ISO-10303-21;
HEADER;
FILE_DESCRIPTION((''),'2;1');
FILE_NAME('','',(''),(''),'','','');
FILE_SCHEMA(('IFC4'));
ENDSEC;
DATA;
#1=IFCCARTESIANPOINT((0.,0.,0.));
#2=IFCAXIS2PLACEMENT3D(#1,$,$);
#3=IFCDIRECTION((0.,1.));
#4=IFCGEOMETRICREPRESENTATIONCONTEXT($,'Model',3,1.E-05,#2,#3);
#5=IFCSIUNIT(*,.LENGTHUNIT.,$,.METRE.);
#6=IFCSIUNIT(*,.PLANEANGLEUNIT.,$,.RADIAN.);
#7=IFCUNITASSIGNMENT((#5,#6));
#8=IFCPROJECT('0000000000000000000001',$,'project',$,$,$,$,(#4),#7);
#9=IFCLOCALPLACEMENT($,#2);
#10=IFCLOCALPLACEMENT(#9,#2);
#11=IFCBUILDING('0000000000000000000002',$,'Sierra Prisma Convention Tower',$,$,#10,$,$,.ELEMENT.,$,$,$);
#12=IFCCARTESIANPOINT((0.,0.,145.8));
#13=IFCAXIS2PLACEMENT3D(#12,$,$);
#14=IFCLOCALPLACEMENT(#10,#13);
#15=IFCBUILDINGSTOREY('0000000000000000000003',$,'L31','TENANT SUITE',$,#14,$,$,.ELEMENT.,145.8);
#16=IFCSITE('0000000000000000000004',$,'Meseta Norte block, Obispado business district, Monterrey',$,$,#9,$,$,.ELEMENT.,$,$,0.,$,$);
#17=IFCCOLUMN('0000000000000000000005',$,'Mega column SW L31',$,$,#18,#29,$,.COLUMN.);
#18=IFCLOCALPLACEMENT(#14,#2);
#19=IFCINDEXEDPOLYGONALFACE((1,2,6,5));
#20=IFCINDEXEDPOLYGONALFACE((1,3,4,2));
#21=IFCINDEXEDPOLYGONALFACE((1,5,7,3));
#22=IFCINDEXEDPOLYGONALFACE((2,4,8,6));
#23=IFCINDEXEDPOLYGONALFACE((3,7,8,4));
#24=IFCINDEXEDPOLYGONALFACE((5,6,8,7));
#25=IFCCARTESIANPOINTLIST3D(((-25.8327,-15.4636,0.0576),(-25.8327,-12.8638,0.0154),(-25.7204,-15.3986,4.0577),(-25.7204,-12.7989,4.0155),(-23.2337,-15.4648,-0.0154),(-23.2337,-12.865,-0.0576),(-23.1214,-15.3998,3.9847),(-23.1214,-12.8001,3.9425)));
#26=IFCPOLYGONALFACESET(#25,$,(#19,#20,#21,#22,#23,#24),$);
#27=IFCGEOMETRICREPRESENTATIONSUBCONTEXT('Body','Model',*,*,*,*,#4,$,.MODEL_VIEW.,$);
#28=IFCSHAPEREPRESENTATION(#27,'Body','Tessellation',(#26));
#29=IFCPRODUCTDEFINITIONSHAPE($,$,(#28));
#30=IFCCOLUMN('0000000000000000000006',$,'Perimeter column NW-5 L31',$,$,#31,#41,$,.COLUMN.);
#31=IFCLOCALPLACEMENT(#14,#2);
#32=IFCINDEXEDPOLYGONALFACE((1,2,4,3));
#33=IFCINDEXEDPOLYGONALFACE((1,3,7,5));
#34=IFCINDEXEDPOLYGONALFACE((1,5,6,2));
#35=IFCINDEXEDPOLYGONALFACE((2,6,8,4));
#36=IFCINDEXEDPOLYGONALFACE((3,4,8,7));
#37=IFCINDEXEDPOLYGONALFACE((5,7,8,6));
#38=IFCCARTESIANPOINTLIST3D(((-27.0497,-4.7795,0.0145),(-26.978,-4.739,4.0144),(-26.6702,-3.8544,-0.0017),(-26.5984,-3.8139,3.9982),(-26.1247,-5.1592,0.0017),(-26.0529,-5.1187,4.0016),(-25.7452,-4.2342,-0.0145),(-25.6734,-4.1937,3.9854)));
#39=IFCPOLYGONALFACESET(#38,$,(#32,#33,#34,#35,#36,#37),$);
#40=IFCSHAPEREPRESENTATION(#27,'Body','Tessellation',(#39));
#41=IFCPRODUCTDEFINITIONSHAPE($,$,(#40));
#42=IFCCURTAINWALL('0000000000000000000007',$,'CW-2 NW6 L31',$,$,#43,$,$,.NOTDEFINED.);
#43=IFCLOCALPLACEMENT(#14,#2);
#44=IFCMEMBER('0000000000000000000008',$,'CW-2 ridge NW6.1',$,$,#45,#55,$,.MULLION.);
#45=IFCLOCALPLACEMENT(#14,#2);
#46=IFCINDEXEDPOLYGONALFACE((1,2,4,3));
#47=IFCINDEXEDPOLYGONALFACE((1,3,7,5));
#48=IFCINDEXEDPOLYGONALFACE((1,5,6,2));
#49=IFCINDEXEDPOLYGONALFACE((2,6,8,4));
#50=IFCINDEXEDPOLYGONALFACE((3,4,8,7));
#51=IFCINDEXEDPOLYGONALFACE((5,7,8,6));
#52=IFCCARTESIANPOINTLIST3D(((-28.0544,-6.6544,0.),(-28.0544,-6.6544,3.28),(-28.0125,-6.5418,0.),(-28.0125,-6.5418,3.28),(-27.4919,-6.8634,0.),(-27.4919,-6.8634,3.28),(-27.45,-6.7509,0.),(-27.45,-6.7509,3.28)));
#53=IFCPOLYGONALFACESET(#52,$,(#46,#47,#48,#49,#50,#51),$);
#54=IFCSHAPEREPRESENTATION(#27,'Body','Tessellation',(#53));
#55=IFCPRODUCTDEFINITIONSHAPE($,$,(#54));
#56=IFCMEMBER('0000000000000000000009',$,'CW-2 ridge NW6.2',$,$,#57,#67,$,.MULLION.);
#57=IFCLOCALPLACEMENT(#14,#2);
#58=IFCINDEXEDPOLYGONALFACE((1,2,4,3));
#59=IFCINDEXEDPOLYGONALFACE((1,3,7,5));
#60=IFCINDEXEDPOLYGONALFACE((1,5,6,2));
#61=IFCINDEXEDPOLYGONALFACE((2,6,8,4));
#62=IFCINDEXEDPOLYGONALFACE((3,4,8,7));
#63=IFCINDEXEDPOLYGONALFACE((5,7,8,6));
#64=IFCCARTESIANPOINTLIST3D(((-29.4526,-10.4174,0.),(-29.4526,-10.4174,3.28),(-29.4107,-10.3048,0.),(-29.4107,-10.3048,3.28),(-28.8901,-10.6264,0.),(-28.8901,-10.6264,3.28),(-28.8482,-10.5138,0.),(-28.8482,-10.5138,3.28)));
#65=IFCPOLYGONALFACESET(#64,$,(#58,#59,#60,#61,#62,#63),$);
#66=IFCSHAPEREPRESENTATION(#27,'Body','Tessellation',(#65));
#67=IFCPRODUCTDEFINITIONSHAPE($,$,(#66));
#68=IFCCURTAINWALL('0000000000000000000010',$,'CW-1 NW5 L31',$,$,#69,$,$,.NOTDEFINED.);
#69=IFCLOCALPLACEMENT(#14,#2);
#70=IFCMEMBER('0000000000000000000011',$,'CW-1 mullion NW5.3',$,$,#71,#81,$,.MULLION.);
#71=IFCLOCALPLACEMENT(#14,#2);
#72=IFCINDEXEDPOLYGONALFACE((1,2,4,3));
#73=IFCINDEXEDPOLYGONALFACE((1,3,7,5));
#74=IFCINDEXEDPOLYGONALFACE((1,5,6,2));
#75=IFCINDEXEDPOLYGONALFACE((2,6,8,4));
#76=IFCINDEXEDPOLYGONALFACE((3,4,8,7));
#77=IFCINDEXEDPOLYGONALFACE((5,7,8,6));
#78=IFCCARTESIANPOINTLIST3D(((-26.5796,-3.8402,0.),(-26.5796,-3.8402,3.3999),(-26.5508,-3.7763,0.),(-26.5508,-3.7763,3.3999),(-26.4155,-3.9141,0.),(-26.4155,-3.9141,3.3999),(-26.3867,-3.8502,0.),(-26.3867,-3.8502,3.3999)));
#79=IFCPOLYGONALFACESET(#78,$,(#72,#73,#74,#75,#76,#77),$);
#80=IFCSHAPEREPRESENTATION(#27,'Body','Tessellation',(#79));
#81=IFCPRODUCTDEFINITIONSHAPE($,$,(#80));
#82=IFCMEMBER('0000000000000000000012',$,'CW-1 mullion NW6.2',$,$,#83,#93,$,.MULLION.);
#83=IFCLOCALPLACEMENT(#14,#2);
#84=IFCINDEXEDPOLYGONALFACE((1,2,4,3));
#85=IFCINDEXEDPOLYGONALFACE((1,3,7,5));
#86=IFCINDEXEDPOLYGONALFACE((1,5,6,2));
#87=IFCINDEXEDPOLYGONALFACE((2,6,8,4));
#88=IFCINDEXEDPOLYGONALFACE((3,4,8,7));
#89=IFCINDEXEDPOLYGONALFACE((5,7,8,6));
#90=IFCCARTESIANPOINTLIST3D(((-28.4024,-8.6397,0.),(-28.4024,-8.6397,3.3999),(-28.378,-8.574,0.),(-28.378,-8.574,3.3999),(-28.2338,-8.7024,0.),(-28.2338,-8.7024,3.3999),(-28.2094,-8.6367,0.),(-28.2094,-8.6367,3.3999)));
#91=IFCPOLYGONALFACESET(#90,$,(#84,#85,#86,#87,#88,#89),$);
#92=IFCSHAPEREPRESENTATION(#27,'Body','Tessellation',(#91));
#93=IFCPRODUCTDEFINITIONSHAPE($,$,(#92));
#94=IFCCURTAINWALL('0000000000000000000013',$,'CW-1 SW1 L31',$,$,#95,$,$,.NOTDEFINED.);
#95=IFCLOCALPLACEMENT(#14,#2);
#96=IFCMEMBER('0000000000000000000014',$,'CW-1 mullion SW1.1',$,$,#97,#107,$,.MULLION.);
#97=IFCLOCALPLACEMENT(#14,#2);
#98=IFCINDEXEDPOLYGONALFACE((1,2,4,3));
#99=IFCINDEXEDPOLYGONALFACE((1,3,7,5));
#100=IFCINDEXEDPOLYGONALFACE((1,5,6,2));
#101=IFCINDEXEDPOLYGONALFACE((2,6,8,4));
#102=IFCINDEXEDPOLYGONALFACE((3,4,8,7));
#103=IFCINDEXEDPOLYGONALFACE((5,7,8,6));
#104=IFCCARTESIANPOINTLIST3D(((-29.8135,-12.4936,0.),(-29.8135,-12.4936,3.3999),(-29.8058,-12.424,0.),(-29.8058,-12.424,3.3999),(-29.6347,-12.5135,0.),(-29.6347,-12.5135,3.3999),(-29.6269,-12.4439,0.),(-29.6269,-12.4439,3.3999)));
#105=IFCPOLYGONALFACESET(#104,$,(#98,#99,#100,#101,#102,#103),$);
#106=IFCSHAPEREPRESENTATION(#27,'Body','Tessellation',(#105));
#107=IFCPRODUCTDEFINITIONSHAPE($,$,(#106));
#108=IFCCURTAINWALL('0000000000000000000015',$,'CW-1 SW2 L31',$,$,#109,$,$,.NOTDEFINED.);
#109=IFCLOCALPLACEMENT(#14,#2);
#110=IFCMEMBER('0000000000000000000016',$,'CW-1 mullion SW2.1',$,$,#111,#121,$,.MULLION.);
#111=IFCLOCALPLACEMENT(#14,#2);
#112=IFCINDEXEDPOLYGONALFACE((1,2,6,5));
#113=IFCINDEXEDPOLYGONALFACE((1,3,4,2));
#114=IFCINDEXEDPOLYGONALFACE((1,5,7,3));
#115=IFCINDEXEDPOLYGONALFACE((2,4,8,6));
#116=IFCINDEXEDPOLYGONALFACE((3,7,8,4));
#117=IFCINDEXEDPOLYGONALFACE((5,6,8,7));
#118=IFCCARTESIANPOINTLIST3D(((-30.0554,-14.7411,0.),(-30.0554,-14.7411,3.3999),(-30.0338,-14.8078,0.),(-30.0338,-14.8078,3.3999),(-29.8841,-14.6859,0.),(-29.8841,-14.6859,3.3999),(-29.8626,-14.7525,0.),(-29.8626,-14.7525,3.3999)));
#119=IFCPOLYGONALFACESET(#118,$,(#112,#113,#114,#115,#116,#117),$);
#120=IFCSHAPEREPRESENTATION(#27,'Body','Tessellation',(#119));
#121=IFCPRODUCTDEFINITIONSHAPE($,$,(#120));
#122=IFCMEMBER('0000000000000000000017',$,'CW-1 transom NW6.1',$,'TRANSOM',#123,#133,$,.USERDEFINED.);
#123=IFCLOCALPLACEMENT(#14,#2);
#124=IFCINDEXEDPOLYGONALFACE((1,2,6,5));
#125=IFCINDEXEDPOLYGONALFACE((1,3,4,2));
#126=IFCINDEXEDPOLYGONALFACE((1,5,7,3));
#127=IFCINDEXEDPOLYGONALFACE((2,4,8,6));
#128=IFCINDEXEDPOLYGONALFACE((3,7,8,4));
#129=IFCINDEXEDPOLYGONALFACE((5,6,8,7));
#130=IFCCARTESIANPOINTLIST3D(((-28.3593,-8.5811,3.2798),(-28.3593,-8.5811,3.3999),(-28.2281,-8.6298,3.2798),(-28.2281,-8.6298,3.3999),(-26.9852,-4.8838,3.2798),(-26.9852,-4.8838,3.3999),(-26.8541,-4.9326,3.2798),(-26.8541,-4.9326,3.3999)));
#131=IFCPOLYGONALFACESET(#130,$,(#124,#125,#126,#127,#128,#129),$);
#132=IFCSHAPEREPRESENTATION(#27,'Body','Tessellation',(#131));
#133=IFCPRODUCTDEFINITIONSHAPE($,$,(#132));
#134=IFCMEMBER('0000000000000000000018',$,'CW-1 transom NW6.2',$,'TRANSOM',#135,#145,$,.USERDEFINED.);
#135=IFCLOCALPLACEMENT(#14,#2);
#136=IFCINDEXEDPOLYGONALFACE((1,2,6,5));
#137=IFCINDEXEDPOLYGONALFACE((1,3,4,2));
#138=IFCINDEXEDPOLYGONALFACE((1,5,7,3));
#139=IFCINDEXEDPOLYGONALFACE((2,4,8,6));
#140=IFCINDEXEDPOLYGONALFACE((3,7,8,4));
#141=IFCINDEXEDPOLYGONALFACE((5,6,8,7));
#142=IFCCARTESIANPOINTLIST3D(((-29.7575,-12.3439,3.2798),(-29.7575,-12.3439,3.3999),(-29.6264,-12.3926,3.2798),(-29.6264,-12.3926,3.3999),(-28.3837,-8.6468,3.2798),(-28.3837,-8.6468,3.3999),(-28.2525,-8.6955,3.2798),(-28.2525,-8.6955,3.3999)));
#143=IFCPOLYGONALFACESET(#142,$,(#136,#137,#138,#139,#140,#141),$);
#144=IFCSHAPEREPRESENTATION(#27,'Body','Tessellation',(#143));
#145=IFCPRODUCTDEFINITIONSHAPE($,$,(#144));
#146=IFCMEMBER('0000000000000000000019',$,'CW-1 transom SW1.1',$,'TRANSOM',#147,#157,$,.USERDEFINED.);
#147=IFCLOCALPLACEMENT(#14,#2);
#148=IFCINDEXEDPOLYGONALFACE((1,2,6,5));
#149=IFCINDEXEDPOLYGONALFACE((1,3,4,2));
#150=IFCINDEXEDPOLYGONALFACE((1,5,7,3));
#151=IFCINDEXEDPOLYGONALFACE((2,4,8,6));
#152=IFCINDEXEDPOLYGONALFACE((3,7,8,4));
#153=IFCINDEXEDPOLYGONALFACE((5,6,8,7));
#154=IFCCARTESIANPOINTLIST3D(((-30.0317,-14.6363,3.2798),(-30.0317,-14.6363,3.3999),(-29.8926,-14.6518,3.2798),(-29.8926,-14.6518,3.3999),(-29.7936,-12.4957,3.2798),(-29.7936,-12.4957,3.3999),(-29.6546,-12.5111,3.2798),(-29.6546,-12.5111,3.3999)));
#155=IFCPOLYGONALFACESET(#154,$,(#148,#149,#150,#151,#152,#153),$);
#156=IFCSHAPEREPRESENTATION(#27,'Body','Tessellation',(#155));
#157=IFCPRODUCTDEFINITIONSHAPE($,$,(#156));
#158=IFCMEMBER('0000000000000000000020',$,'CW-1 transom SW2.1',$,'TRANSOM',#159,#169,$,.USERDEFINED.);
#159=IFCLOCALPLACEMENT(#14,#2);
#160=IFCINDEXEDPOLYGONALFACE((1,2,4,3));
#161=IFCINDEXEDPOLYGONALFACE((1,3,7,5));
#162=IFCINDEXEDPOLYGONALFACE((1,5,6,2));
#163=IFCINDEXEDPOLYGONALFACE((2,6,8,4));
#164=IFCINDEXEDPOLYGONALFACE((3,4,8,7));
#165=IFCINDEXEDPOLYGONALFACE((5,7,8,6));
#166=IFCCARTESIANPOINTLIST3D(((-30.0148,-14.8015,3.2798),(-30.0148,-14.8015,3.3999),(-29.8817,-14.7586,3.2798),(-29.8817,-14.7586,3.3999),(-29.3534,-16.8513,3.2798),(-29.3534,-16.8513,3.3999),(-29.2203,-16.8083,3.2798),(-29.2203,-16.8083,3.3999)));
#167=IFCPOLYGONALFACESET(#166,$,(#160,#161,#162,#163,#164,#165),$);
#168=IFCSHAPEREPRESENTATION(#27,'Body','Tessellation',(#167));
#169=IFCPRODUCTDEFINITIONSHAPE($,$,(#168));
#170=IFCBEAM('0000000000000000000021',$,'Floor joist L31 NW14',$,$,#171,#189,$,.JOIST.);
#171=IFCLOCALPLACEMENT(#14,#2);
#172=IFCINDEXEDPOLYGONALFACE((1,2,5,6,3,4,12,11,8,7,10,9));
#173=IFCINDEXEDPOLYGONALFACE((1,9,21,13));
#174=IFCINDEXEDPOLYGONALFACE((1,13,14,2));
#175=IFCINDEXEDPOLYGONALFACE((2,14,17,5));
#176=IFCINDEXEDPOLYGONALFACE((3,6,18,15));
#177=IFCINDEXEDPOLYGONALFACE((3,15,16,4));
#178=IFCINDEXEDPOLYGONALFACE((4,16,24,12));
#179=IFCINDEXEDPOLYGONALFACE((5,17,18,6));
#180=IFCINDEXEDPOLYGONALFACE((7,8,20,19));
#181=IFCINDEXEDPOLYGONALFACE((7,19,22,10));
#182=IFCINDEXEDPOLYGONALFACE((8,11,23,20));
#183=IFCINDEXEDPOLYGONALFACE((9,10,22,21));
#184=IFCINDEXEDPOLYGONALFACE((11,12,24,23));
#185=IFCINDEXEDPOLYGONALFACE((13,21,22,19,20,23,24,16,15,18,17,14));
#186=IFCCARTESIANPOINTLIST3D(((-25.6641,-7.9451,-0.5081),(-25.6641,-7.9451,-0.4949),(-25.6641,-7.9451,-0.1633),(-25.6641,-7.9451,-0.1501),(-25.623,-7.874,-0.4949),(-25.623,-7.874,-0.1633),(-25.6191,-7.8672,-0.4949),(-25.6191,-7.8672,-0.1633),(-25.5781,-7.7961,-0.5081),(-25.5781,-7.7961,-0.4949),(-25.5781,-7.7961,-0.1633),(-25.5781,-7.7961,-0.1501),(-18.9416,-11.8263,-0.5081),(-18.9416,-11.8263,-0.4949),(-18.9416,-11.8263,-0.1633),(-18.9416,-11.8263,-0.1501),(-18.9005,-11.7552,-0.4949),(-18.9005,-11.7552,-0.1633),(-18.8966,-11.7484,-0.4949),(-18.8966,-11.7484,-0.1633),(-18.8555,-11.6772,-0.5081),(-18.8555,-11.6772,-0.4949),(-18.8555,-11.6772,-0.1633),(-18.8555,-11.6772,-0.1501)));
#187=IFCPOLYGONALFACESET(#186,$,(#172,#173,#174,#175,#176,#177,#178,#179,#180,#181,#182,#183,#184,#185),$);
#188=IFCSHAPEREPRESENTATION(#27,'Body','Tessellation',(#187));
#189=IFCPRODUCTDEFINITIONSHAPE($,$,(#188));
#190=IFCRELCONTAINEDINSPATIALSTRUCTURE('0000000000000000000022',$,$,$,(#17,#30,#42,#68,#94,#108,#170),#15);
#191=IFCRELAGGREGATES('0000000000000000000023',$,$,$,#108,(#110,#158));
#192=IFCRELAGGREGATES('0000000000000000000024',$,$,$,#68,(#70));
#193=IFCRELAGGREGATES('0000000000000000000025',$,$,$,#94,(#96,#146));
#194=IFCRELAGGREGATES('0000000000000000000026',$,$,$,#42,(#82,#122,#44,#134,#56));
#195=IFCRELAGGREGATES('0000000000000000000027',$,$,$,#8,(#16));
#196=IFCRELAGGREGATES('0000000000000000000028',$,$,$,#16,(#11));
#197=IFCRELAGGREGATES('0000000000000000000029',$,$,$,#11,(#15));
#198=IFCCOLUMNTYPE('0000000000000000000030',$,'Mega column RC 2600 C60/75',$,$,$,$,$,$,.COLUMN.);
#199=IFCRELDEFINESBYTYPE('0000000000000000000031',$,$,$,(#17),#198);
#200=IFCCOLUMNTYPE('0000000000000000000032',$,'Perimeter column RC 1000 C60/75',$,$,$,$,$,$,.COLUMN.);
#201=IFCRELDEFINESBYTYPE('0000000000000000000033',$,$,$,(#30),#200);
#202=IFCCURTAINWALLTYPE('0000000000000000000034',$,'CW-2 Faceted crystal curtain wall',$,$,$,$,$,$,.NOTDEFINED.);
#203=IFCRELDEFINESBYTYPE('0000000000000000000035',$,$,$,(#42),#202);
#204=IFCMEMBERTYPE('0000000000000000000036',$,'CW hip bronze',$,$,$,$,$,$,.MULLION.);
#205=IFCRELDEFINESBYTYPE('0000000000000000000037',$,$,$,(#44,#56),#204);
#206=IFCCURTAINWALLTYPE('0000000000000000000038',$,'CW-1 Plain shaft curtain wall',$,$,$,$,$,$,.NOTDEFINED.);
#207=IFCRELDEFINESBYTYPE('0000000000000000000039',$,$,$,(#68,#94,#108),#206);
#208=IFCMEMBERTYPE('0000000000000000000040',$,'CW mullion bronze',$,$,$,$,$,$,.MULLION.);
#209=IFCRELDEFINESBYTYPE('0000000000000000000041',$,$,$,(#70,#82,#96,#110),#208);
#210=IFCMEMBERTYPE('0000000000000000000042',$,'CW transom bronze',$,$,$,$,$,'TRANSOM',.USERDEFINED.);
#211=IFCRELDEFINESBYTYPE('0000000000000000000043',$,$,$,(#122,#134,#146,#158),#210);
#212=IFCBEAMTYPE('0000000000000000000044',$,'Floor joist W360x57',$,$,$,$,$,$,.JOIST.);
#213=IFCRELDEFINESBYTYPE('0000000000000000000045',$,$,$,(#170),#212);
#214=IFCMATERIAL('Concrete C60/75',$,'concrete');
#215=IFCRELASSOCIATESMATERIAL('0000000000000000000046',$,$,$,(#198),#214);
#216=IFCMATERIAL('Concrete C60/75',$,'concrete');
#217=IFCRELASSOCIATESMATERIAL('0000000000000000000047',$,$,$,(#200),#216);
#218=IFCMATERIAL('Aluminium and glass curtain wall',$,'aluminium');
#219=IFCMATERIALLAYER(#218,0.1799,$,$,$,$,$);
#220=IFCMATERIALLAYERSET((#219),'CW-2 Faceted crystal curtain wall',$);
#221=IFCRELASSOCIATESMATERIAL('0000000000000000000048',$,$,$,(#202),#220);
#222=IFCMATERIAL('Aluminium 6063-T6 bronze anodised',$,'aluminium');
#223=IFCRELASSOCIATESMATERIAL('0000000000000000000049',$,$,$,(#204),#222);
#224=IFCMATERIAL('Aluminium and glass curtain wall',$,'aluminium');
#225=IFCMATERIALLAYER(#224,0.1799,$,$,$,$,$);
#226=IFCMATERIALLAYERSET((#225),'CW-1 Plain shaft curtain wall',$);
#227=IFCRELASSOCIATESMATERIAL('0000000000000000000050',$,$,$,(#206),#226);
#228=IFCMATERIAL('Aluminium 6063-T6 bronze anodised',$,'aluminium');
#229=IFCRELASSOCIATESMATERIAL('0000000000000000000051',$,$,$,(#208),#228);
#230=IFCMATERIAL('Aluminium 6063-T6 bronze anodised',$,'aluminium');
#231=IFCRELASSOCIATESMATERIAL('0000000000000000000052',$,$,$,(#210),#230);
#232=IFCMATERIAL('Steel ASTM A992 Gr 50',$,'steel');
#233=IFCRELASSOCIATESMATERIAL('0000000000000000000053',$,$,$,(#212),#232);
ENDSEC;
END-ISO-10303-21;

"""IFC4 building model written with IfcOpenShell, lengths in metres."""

from ifc_helpers import new_model, si_unit, direction, frame, origin, origin_2d, place, context, subcontext, project, spatial, rectangle, i_section, extrude, material, layer, layer_set, material_profile, profile_set, type_object, element, aggregate, save


model = new_model("IFC4")

# Units and contexts
model_context = context("Model", 3, precision=1e-05, world=origin(), true_north=direction((0.0, 1.0)))
body_context = subcontext(model_context, "Body", "Model", "MODEL_VIEW")
ifc_project = project(units=[si_unit("LENGTHUNIT", "METRE"), si_unit("PLANEANGLEUNIT", "RADIAN")], contexts=[model_context])

# Site, building, storey
site_placement = place(None, origin())
site = spatial("IfcSite", under=ifc_project, at=site_placement, Name="Meseta Norte block, Obispado business district, Monterrey", CompositionType="ELEMENT", RefElevation=0.0)
building_placement = place(site_placement, origin())
building = spatial("IfcBuilding", under=site, at=building_placement, Name="Sierra Prisma Convention Tower", CompositionType="ELEMENT")
storey_placement = place(building_placement, frame((0.0, 0.0, 145.8)))
storey = spatial("IfcBuildingStorey", under=building, at=storey_placement, Name="L31", Description="TENANT SUITE", CompositionType="ELEMENT", Elevation=145.8)

# Columns
ifc_material_1 = material(Name="Concrete C60/75", Category="concrete")
ifc_material_profile_1 = material_profile(ifc_material_1, rectangle(XDim=2.6001, YDim=2.6001, at=origin_2d()), Name="Mega column RC 2600 C60/75")
ifc_profile_set_1 = profile_set([ifc_material_profile_1], Name="Concrete C60/75")
column_type_1 = type_object("IfcColumnType", Name="Mega column RC 2600 C60/75", PredefinedType="COLUMN", material=ifc_profile_set_1)
column_1_placement = place(storey_placement, frame((-24.5332, -14.1643, 0.0), z_axis=(0.028061, 0.016227, 0.999474), x_axis=(0.999606, -0.000456, -0.028058)))
element("IfcColumn", 1, at=column_1_placement, inside=storey, type_object=column_type_1, Name="Mega column SW L31", PredefinedType="COLUMN", context=body_context, shape_type="SweptSolid", body=[
    extrude(rectangle(XDim=2.6001, YDim=2.6001, at=origin_2d()), origin(), (0.0, 0.0, 1.0), 4.0022),
])
ifc_material_2 = material(Name="Concrete C60/75", Category="concrete")
ifc_material_profile_2 = material_profile(ifc_material_2, rectangle(XDim=1.0, YDim=1.0, at=origin_2d()), Name="Perimeter column RC 1000 C60/75")
ifc_profile_set_2 = profile_set([ifc_material_profile_2], Name="Concrete C60/75")
column_type_2 = type_object("IfcColumnType", Name="Perimeter column RC 1000 C60/75", PredefinedType="COLUMN", material=ifc_profile_set_2)
column_2_placement = place(storey_placement, frame((-26.3975, -4.5068, 0.0), z_axis=(0.017941, 0.01013, 0.999788), x_axis=(0.379524, 0.92504, -0.016183)))
element("IfcColumn", 2, at=column_2_placement, inside=storey, type_object=column_type_2, Name="Perimeter column NW-5 L31", PredefinedType="COLUMN", context=body_context, shape_type="SweptSolid", body=[
    extrude(rectangle(XDim=1.0, YDim=1.0, at=origin_2d()), origin(), (0.0, 0.0, 1.0), 4.0007),
])

# Curtain wall, members
ifc_material_3 = material(Name="Aluminium and glass curtain wall", Category="aluminium")
ifc_layer_1 = layer(ifc_material_3, 0.1799)
ifc_layer_set_1 = layer_set([ifc_layer_1], Name="CW-2 Faceted crystal curtain wall")
curtain_wall_type_1 = type_object("IfcCurtainWallType", Name="CW-2 Faceted crystal curtain wall", PredefinedType="NOTDEFINED", material=ifc_layer_set_1)
curtain_wall_1_placement = place(storey_placement, origin())
curtain_wall_1 = element("IfcCurtainWall", 3, at=curtain_wall_1_placement, inside=storey, type_object=curtain_wall_type_1, Name="CW-2 NW6 L31", PredefinedType="NOTDEFINED")
ifc_material_4 = material(Name="Aluminium 6063-T6 bronze anodised", Category="aluminium")
ifc_material_profile_3 = material_profile(ifc_material_4, rectangle(XDim=0.1201, YDim=0.6001, at=origin_2d()), Name="ALU RIDGE BLADE 120x600")
ifc_profile_set_3 = profile_set([ifc_material_profile_3], Name="Aluminium 6063-T6 bronze anodised")
member_type_1 = type_object("IfcMemberType", Name="CW hip bronze", PredefinedType="MULLION", material=ifc_profile_set_3)
member_1_placement = place(storey_placement, frame((-27.7522, -6.7026, 0.0), z_axis=(0.0, 0.0, 1.0), x_axis=(-0.348326, -0.937373, 0.0)))
member_1 = element("IfcMember", 4, at=member_1_placement, type_object=member_type_1, Name="CW-2 ridge NW6.1", PredefinedType="MULLION", context=body_context, shape_type="SweptSolid", body=[
    extrude(rectangle(XDim=0.1201, YDim=0.6001, at=origin_2d()), origin(), (0.0, 0.0, 1.0), 3.28),
])
member_2_placement = place(storey_placement, frame((-29.1504, -10.4656, 0.0), z_axis=(0.0, 0.0, 1.0), x_axis=(-0.348326, -0.937373, 0.0)))
member_2 = element("IfcMember", 5, at=member_2_placement, type_object=member_type_1, Name="CW-2 ridge NW6.2", PredefinedType="MULLION", context=body_context, shape_type="SweptSolid", body=[
    extrude(rectangle(XDim=0.1201, YDim=0.6001, at=origin_2d()), origin(), (0.0, 0.0, 1.0), 3.28),
])

# Curtain wall, member
ifc_material_5 = material(Name="Aluminium and glass curtain wall", Category="aluminium")
ifc_layer_2 = layer(ifc_material_5, 0.1799)
ifc_layer_set_2 = layer_set([ifc_layer_2], Name="CW-1 Plain shaft curtain wall")
curtain_wall_type_2 = type_object("IfcCurtainWallType", Name="CW-1 Plain shaft curtain wall", PredefinedType="NOTDEFINED", material=ifc_layer_set_2)
curtain_wall_2_placement = place(storey_placement, origin())
curtain_wall_2 = element("IfcCurtainWall", 6, at=curtain_wall_2_placement, inside=storey, type_object=curtain_wall_type_2, Name="CW-1 NW5 L31", PredefinedType="NOTDEFINED")
ifc_material_6 = material(Name="Aluminium 6063-T6 bronze anodised", Category="aluminium")
ifc_material_profile_4 = material_profile(ifc_material_6, rectangle(XDim=0.1799, YDim=0.0701, at=origin_2d()), Name="ALU MULLION 70x180")
ifc_profile_set_4 = profile_set([ifc_material_profile_4], Name="Aluminium 6063-T6 bronze anodised")
member_type_2 = type_object("IfcMemberType", Name="CW mullion bronze", PredefinedType="MULLION", material=ifc_profile_set_4)
member_3_placement = place(storey_placement, frame((-26.4832, -3.8452, 0.0), z_axis=(0.0, 0.0, 1.0), x_axis=(0.911898, -0.410416, 0.0)))
member_3 = element("IfcMember", 7, at=member_3_placement, type_object=member_type_2, Name="CW-1 mullion NW5.3", PredefinedType="MULLION", context=body_context, shape_type="SweptSolid", body=[
    extrude(rectangle(XDim=0.1799, YDim=0.0701, at=origin_2d()), origin(), (0.0, 0.0, 1.0), 3.3999),
])

# Member
member_4_placement = place(storey_placement, frame((-28.3059, -8.6382, 0.0), z_axis=(0.0, 0.0, 1.0), x_axis=(0.937373, -0.348326, 0.0)))
member_4 = element("IfcMember", 8, at=member_4_placement, type_object=member_type_2, Name="CW-1 mullion NW6.2", PredefinedType="MULLION", context=body_context, shape_type="SweptSolid", body=[
    extrude(rectangle(XDim=0.1799, YDim=0.0701, at=origin_2d()), origin(), (0.0, 0.0, 1.0), 3.3999),
])

# Curtain walls, members
curtain_wall_3_placement = place(storey_placement, origin())
curtain_wall_3 = element("IfcCurtainWall", 9, at=curtain_wall_3_placement, inside=storey, type_object=curtain_wall_type_2, Name="CW-1 SW1 L31", PredefinedType="NOTDEFINED")
member_5_placement = place(storey_placement, frame((-29.7202, -12.4688, 0.0), z_axis=(0.0, 0.0, 1.0), x_axis=(0.993872, -0.110541, 0.0)))
member_5 = element("IfcMember", 10, at=member_5_placement, type_object=member_type_2, Name="CW-1 mullion SW1.1", PredefinedType="MULLION", context=body_context, shape_type="SweptSolid", body=[
    extrude(rectangle(XDim=0.1799, YDim=0.0701, at=origin_2d()), origin(), (0.0, 0.0, 1.0), 3.3999),
])
curtain_wall_4_placement = place(storey_placement, origin())
curtain_wall_4 = element("IfcCurtainWall", 11, at=curtain_wall_4_placement, inside=storey, type_object=curtain_wall_type_2, Name="CW-1 SW2 L31", PredefinedType="NOTDEFINED")
member_6_placement = place(storey_placement, frame((-29.959, -14.7468, 0.0), z_axis=(0.0, 0.0, 1.0), x_axis=(0.951677, 0.307099, 0.0)))
member_6 = element("IfcMember", 12, at=member_6_placement, type_object=member_type_2, Name="CW-1 mullion SW2.1", PredefinedType="MULLION", context=body_context, shape_type="SweptSolid", body=[
    extrude(rectangle(XDim=0.1799, YDim=0.0701, at=origin_2d()), origin(), (0.0, 0.0, 1.0), 3.3999),
])

# Members
ifc_material_7 = material(Name="Aluminium 6063-T6 bronze anodised", Category="aluminium")
ifc_material_profile_5 = material_profile(ifc_material_7, rectangle(XDim=0.1399, YDim=0.1201, at=origin_2d()), Name="ALU TRANSOM 120x140")
ifc_profile_set_5 = profile_set([ifc_material_profile_5], Name="Aluminium 6063-T6 bronze anodised")
member_type_3 = type_object("IfcMemberType", Name="CW transom bronze", ElementType="TRANSOM", PredefinedType="USERDEFINED", material=ifc_profile_set_5)
member_7_placement = place(storey_placement, frame((-26.9197, -4.9082, 3.3398), z_axis=(-0.348354, -0.937363, 0.0), x_axis=(0.937363, -0.348354, 0.0)))
member_7 = element("IfcMember", 13, at=member_7_placement, type_object=member_type_3, Name="CW-1 transom NW6.1", ObjectType="TRANSOM", PredefinedType="USERDEFINED", context=body_context, shape_type="SweptSolid", body=[
    extrude(rectangle(XDim=0.1399, YDim=0.1201, at=origin_2d()), origin(), (0.0, 0.0, 1.0), 3.9443),
])
member_8_placement = place(storey_placement, frame((-28.3181, -8.6711, 3.3398), z_axis=(-0.34832, -0.937376, 0.0), x_axis=(0.937376, -0.34832, 0.0)))
member_8 = element("IfcMember", 14, at=member_8_placement, type_object=member_type_3, Name="CW-1 transom NW6.2", ObjectType="TRANSOM", PredefinedType="USERDEFINED", context=body_context, shape_type="SweptSolid", body=[
    extrude(rectangle(XDim=0.1399, YDim=0.1201, at=origin_2d()), origin(), (0.0, 0.0, 1.0), 3.9441),
])
member_9_placement = place(storey_placement, frame((-29.7241, -12.5034, 3.3398), z_axis=(-0.110519, -0.993874, 0.0), x_axis=(0.993874, -0.110519, 0.0)))
member_9 = element("IfcMember", 15, at=member_9_placement, type_object=member_type_3, Name="CW-1 transom SW1.1", ObjectType="TRANSOM", PredefinedType="USERDEFINED", context=body_context, shape_type="SweptSolid", body=[
    extrude(rectangle(XDim=0.1399, YDim=0.1201, at=origin_2d()), origin(), (0.0, 0.0, 1.0), 2.1538),
])
member_10_placement = place(storey_placement, frame((-29.9482, -14.78, 3.3398), z_axis=(0.307066, -0.951688, 0.0), x_axis=(0.951688, 0.307066, 0.0)))
member_10 = element("IfcMember", 16, at=member_10_placement, type_object=member_type_3, Name="CW-1 transom SW2.1", ObjectType="TRANSOM", PredefinedType="USERDEFINED", context=body_context, shape_type="SweptSolid", body=[
    extrude(rectangle(XDim=0.1399, YDim=0.1201, at=origin_2d()), origin(), (0.0, 0.0, 1.0), 2.1538),
])
aggregate(curtain_wall_4, [member_6, member_10])

# Beam
ifc_material_8 = material(Name="Steel ASTM A992 Gr 50", Category="steel")
ifc_material_profile_6 = material_profile(ifc_material_8, i_section(OverallWidth=0.1721, OverallDepth=0.3579, WebThickness=0.0078, FlangeThickness=0.0132, at=origin_2d()), Name="W360x57")
ifc_profile_set_6 = profile_set([ifc_material_profile_6], Name="Steel ASTM A992 Gr 50")
beam_type_1 = type_object("IfcBeamType", Name="Floor joist W360x57", PredefinedType="JOIST", material=ifc_profile_set_6)
beam_1_placement = place(storey_placement, frame((-25.6211, -7.8706, -0.3291), z_axis=(0.86603, -0.499992, 0.0), x_axis=(0.499992, 0.86603, 0.0)))
element("IfcBeam", 17, at=beam_1_placement, inside=storey, type_object=beam_type_1, Name="Floor joist L31 NW14", PredefinedType="JOIST", context=body_context, shape_type="SweptSolid", body=[
    extrude(i_section(OverallWidth=0.1721, OverallDepth=0.3579, WebThickness=0.0078, FlangeThickness=0.0132, at=origin_2d()), origin(), (0.0, 0.0, 1.0), 7.7625),
])

aggregate(curtain_wall_2, [member_3])
aggregate(curtain_wall_3, [member_5, member_9])
aggregate(curtain_wall_1, [member_4, member_7, member_1, member_8, member_2])

save(model, "model.ifc")
